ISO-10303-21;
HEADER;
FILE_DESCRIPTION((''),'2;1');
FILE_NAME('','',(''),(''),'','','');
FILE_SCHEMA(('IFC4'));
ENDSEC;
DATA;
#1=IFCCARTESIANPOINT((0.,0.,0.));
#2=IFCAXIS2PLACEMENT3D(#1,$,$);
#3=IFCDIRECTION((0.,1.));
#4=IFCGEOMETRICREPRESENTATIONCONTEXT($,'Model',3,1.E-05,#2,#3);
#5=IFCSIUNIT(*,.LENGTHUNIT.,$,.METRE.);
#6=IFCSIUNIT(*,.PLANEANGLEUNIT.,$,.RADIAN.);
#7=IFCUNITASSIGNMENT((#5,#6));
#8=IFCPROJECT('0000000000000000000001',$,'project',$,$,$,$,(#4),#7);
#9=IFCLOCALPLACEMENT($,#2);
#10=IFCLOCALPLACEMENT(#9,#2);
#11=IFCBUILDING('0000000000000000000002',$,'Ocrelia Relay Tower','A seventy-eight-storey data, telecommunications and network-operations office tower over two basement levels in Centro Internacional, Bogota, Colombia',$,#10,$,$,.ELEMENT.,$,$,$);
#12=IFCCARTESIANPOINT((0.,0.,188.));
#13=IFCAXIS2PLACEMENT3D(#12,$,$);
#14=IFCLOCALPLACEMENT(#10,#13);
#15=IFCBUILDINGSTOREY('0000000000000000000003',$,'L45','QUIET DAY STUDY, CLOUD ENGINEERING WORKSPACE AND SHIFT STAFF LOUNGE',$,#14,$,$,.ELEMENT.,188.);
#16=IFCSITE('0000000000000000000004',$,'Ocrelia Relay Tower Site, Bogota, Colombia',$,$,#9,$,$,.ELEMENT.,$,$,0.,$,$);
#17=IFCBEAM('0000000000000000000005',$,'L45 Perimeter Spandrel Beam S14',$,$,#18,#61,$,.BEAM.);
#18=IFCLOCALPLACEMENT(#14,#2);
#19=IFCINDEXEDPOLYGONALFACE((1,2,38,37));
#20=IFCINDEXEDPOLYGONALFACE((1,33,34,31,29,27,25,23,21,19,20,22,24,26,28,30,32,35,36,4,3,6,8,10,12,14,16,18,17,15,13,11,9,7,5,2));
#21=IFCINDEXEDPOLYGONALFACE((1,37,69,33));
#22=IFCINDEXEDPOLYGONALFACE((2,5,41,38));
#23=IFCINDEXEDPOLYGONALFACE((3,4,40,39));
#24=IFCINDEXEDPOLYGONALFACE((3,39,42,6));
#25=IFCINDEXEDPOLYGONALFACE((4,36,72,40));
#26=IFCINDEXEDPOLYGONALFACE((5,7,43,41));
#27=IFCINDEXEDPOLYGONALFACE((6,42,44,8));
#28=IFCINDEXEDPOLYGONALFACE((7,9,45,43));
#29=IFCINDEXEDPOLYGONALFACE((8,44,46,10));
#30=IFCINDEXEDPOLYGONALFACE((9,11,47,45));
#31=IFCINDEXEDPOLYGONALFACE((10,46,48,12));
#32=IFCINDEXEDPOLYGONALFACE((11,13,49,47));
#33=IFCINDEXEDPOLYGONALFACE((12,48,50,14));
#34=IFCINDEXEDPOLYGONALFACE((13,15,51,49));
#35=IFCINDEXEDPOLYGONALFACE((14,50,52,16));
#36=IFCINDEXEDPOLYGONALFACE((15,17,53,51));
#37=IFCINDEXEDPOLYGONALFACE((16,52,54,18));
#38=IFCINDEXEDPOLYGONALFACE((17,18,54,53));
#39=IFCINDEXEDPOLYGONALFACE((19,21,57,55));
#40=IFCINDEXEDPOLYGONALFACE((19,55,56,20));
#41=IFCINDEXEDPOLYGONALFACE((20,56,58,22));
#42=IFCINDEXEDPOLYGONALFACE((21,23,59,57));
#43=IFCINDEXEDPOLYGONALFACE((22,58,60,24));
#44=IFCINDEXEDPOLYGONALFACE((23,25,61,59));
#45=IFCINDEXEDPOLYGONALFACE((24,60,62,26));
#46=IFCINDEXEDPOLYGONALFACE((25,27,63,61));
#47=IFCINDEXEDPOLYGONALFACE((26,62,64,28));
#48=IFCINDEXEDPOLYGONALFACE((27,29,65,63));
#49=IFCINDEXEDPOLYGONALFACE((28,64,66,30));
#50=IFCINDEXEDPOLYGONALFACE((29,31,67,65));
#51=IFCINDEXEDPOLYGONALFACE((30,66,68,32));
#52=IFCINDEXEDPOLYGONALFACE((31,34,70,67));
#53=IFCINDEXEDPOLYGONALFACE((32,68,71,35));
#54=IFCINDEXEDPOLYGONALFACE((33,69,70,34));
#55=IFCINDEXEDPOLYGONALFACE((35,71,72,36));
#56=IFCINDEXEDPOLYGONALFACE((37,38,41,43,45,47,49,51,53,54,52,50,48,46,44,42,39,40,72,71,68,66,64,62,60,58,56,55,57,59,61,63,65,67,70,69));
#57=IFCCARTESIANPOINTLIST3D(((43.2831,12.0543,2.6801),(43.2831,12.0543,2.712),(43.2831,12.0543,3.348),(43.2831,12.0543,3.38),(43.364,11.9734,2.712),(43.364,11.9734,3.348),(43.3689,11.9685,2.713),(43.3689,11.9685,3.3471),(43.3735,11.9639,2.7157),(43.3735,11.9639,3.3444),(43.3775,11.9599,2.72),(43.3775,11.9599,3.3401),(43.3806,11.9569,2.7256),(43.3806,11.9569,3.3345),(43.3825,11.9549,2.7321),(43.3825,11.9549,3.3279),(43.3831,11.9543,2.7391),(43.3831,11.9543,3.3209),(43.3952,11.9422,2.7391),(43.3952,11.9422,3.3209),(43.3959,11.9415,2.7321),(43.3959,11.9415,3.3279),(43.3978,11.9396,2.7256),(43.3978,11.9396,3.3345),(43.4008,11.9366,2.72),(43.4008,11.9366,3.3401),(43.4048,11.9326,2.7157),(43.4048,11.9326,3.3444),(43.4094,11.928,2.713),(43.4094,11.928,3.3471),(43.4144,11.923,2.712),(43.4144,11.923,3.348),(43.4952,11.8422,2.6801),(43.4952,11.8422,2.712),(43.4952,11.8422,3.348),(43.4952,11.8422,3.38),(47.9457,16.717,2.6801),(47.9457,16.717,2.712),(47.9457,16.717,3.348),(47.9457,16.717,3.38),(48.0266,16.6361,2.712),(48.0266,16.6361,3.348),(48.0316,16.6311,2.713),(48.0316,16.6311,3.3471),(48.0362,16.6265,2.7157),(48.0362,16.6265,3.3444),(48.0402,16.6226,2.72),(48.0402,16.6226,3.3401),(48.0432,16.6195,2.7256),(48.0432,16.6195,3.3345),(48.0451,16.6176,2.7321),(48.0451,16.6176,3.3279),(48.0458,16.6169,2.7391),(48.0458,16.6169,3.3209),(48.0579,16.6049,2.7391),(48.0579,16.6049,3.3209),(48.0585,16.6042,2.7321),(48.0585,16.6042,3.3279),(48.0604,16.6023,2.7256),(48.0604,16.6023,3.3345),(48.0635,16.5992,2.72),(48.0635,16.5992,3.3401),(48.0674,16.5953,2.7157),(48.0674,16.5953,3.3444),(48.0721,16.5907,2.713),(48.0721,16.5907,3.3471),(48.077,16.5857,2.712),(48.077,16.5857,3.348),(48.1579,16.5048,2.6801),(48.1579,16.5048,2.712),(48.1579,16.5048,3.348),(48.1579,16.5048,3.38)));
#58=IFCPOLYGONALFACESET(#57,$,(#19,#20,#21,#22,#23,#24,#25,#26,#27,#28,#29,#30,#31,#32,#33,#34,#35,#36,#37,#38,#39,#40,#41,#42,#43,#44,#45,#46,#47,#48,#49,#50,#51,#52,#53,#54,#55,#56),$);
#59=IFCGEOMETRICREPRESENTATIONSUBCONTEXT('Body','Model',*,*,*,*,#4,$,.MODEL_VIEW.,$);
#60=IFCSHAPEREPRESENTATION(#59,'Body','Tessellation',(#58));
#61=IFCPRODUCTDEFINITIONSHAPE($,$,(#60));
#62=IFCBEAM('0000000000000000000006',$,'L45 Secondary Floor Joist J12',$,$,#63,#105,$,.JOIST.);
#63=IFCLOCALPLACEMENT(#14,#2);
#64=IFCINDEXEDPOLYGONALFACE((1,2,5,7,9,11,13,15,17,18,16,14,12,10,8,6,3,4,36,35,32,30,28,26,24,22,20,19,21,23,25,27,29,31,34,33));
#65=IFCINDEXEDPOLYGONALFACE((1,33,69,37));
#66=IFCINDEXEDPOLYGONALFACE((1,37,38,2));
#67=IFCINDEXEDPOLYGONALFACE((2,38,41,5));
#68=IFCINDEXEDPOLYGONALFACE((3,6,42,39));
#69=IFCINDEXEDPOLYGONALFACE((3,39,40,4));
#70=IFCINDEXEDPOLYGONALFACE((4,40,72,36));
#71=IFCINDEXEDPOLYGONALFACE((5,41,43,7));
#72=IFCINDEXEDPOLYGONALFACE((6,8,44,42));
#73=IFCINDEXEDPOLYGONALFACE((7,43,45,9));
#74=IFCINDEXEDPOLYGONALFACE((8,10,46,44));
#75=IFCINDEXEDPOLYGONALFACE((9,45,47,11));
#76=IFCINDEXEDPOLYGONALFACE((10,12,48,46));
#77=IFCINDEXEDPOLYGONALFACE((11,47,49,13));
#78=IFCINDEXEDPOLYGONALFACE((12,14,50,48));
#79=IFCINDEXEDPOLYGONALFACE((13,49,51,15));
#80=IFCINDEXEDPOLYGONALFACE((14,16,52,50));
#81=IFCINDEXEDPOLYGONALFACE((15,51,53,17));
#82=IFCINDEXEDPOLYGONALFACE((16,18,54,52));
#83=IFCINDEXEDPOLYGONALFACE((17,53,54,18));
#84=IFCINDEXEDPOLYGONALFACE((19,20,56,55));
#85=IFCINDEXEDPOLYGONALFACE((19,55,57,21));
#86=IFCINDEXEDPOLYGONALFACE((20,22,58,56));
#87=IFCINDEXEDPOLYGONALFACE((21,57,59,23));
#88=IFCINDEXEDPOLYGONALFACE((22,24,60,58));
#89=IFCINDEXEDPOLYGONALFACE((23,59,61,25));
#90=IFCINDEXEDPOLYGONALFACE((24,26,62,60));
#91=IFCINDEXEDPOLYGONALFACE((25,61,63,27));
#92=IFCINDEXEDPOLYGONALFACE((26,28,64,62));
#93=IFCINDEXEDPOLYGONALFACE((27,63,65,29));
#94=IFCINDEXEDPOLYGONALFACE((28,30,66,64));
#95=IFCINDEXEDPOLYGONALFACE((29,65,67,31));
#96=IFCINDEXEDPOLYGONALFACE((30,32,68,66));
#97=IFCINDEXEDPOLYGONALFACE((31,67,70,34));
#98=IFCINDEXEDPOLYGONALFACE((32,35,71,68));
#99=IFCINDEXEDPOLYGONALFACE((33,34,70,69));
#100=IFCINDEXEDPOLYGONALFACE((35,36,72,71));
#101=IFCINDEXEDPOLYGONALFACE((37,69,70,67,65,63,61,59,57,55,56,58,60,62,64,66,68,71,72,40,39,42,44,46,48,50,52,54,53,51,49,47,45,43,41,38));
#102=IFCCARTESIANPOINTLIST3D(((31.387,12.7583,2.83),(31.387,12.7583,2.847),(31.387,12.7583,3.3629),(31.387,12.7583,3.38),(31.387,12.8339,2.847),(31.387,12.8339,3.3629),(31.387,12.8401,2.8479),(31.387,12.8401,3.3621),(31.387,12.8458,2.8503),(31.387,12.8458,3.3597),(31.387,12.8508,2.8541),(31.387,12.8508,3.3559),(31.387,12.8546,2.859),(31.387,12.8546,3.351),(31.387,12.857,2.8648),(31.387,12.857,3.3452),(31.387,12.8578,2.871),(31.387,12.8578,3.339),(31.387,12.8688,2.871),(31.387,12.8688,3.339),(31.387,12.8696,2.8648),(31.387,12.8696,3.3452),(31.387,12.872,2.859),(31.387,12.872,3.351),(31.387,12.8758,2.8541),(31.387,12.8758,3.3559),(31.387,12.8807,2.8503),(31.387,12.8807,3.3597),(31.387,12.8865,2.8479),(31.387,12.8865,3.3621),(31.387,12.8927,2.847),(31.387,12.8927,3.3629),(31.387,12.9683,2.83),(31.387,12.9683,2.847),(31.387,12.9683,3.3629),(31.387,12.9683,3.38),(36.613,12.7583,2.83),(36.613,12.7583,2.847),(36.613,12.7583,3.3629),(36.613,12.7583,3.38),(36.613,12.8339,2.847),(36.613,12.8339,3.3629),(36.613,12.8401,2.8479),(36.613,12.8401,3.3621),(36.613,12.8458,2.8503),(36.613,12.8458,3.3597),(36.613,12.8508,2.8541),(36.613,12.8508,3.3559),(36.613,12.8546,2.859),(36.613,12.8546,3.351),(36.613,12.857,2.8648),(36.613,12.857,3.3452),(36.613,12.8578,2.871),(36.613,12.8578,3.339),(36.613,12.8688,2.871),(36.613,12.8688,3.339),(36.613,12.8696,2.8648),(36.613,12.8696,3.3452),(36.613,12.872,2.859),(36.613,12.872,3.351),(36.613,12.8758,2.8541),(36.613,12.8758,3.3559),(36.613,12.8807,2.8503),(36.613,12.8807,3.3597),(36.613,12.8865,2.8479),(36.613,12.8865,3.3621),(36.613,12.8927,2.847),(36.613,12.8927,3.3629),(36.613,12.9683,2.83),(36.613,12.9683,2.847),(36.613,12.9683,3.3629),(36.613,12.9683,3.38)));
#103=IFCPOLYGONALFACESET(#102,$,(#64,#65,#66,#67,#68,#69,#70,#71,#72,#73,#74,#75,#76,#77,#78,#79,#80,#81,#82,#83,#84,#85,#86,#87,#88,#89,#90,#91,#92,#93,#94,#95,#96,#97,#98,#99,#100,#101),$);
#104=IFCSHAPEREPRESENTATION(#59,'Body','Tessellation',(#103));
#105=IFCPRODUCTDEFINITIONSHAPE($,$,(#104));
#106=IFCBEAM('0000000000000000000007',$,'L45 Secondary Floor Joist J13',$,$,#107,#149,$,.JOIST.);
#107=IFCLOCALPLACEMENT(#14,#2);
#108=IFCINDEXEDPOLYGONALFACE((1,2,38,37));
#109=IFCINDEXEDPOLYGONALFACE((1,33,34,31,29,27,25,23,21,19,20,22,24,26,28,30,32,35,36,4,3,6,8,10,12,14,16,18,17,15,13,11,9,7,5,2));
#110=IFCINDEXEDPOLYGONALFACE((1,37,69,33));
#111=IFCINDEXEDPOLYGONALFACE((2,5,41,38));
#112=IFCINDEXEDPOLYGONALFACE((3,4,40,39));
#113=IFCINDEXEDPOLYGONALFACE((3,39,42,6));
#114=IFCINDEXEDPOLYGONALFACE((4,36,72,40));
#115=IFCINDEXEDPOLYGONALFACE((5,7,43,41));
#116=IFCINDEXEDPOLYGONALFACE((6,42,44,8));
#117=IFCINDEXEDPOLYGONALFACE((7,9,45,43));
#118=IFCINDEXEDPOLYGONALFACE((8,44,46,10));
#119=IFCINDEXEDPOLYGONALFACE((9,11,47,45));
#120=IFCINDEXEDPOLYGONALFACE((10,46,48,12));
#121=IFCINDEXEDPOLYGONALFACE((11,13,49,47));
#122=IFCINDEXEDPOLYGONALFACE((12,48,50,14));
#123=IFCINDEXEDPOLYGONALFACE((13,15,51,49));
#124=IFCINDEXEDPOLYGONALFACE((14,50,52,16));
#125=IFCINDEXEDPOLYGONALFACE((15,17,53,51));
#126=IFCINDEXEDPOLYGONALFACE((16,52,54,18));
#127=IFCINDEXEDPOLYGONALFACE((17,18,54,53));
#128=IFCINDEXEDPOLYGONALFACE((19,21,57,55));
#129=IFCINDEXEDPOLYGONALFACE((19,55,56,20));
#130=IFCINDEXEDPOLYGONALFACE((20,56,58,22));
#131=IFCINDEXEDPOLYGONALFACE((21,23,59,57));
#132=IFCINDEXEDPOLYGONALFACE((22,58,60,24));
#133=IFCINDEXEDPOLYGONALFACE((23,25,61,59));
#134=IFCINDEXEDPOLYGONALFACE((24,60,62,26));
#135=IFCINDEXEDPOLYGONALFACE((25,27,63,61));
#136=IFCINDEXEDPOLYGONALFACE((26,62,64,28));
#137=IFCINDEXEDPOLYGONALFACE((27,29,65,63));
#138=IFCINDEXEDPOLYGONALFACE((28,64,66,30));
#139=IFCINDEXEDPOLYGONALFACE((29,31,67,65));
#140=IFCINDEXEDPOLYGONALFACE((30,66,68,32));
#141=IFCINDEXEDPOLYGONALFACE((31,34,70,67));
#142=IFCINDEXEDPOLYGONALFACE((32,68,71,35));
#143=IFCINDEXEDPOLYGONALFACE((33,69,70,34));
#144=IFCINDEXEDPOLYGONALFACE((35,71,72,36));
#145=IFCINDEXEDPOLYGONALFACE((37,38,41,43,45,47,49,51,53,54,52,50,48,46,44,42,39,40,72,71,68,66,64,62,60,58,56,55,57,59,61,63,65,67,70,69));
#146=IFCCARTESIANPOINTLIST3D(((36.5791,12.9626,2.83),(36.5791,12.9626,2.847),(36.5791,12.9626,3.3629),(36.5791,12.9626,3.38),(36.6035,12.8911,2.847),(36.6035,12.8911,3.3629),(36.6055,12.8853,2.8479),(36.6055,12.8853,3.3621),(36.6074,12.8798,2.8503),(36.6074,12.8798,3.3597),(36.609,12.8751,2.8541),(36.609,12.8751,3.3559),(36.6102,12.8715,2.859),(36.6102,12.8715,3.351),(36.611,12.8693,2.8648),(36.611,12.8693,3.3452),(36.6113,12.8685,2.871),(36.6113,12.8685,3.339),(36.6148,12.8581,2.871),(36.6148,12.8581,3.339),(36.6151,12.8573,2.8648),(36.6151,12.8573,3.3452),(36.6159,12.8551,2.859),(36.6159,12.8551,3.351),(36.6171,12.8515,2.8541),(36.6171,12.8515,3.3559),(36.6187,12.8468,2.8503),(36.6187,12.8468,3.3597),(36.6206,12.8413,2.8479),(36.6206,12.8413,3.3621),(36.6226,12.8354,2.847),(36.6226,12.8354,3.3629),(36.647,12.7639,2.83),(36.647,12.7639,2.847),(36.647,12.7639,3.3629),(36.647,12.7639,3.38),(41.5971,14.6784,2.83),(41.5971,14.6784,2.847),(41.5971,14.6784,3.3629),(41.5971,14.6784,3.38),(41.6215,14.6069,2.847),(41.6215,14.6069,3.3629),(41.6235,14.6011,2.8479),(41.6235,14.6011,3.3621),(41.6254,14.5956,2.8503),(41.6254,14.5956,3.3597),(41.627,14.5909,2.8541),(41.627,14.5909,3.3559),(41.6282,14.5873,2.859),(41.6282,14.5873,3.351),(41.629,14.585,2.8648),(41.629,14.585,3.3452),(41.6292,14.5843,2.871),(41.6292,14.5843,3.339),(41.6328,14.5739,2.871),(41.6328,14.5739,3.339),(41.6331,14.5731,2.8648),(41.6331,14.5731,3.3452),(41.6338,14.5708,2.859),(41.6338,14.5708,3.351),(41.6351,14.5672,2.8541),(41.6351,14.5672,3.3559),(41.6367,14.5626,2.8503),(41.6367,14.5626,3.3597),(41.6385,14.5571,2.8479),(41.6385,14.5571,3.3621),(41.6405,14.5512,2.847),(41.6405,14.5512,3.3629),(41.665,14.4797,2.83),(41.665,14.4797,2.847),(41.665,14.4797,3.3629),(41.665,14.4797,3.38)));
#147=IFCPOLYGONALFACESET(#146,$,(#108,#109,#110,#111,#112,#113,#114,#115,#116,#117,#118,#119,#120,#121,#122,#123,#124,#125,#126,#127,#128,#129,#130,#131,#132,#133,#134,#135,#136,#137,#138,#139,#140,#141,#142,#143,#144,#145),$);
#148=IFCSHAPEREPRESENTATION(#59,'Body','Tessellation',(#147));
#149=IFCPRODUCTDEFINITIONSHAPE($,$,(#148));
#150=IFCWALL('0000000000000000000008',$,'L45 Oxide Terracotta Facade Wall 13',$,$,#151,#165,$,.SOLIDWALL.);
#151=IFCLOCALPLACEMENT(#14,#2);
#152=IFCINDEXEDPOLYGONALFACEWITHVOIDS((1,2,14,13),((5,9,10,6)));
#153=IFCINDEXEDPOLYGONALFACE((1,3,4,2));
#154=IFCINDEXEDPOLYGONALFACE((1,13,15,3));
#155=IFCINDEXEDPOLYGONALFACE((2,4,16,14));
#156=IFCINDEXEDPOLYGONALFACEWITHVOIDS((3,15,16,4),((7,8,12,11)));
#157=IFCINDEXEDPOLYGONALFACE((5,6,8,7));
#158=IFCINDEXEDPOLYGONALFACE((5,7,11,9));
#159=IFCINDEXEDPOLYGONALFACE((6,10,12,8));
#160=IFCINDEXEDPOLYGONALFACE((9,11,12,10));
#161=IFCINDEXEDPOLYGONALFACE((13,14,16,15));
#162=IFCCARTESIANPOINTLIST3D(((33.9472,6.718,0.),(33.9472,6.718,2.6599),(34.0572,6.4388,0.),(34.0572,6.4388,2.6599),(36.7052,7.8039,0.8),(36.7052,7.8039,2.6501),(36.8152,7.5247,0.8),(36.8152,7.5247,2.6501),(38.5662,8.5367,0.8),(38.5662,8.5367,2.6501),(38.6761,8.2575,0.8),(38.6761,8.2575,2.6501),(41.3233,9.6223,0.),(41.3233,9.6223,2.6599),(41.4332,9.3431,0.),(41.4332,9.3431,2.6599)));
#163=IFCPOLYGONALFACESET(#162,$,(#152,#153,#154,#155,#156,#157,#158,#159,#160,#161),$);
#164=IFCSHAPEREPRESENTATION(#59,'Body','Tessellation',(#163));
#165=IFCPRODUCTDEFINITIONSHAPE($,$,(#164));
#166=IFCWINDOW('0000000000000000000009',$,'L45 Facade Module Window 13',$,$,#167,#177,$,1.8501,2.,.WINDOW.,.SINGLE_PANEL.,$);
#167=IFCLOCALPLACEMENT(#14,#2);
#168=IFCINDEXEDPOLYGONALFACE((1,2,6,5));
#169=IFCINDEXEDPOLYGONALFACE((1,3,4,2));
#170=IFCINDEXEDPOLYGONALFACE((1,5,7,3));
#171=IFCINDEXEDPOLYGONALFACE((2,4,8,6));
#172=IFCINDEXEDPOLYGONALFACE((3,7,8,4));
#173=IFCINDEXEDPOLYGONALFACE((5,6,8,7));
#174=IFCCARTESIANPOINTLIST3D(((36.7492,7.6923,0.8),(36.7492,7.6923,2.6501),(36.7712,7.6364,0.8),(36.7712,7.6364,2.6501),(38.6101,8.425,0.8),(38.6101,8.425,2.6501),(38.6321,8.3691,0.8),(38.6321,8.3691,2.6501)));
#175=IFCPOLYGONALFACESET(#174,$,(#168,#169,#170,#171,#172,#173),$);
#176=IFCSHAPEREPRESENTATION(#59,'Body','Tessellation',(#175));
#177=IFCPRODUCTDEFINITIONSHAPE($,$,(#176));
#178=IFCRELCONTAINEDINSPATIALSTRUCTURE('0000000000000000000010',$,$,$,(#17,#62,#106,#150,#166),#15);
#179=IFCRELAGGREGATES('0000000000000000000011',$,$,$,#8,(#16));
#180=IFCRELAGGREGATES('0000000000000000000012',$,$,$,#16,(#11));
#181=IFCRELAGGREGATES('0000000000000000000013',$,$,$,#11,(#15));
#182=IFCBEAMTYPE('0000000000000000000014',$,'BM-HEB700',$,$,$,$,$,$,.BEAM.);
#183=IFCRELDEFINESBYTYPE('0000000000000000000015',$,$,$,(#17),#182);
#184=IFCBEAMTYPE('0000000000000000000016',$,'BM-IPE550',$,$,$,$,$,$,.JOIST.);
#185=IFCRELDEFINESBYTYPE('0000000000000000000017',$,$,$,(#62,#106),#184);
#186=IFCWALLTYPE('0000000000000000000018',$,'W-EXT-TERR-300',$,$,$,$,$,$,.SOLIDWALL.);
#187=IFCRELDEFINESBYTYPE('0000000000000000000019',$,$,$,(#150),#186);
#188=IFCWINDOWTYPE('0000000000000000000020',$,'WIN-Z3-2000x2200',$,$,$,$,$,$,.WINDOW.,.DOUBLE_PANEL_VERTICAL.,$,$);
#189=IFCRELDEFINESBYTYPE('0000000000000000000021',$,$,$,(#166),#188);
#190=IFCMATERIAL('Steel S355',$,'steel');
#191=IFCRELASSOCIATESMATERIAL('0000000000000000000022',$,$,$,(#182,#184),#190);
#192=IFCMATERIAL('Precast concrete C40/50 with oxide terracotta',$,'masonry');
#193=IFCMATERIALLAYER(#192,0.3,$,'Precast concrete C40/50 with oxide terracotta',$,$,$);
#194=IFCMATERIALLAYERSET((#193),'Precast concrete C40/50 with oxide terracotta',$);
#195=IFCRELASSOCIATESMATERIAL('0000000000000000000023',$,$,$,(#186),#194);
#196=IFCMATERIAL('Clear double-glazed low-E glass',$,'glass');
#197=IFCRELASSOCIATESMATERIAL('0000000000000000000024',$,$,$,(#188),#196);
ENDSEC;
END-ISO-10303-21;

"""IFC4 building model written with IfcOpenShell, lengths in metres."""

from ifc_helpers import new_model, si_unit, direction, frame, frame_2d, origin, origin_2d, place, context, subcontext, project, spatial, rectangle, i_section, extrude, material, layer, layer_set, material_profile, profile_set, type_object, element, fill, save


model = new_model("IFC4")

# Units and contexts
model_context = context("Model", 3, precision=1e-05, world=origin(), true_north=direction((0.0, 1.0)))
body_context = subcontext(model_context, "Body", "Model", "MODEL_VIEW")
ifc_project = project(units=[si_unit("LENGTHUNIT", "METRE"), si_unit("PLANEANGLEUNIT", "RADIAN")], contexts=[model_context])

# Site, building, storey
site_placement = place(None, origin())
site = spatial("IfcSite", under=ifc_project, at=site_placement, Name="Ocrelia Relay Tower Site, Bogota, Colombia", CompositionType="ELEMENT", RefElevation=0.0)
building_placement = place(site_placement, origin())
building = spatial("IfcBuilding", under=site, at=building_placement, Name="Ocrelia Relay Tower", Description="A seventy-eight-storey data, telecommunications and network-operations office tower over two basement levels in Centro Internacional, Bogota, Colombia", CompositionType="ELEMENT")
storey_placement = place(building_placement, frame((0.0, 0.0, 188.0)))
storey = spatial("IfcBuildingStorey", under=building, at=storey_placement, Name="L45", Description="QUIET DAY STUDY, CLOUD ENGINEERING WORKSPACE AND SHIFT STAFF LOUNGE", CompositionType="ELEMENT", Elevation=188.0)

# Beams
ifc_material_1 = material(Name="Steel S355", Category="steel")
ifc_material_profile_1 = material_profile(ifc_material_1, i_section(OverallWidth=0.3, OverallDepth=0.7, WebThickness=0.0171, FlangeThickness=0.032, FilletRadius=0.0271, at=origin_2d()), Name="HEB 700")
ifc_profile_set_1 = profile_set([ifc_material_profile_1], Name="Steel S355")
beam_type_1 = type_object("IfcBeamType", Name="BM-HEB700", PredefinedType="BEAM", material=ifc_profile_set_1)
for number, where, z_axis, x_axis, name in (
    (1, (43.3892, 11.9482, 3.03), (0.707107, 0.707107, 0.0), (-0.707107, 0.707107, 0.0), "L45 Perimeter Spandrel Beam S14"),
):
    element("IfcBeam", number, at=place(storey_placement, frame(where, z_axis=z_axis, x_axis=x_axis)), inside=storey, type_object=beam_type_1, Name=name, PredefinedType="BEAM", context=body_context, shape_type="SweptSolid", body=[
        extrude(i_section(OverallWidth=0.3, OverallDepth=0.7, WebThickness=0.0171, FlangeThickness=0.032, FilletRadius=0.0271, at=origin_2d()), origin(), (0.0, 0.0, 1.0), 6.594),
    ])
ifc_material_profile_2 = material_profile(ifc_material_1, i_section(OverallWidth=0.21, OverallDepth=0.55, WebThickness=0.011, FlangeThickness=0.0171, FilletRadius=0.0239, at=origin_2d()), Name="IPE 550")
ifc_profile_set_2 = profile_set([ifc_material_profile_2], Name="Steel S355")
beam_type_2 = type_object("IfcBeamType", Name="BM-IPE550", PredefinedType="JOIST", material=ifc_profile_set_2)
beam_1_placement = place(storey_placement, frame((31.387, 12.8633, 3.105), z_axis=(1.0, 0.0, 0.0), x_axis=(0.0, 1.0, 0.0)))
element("IfcBeam", 2, at=beam_1_placement, inside=storey, type_object=beam_type_2, Name="L45 Secondary Floor Joist J12", PredefinedType="JOIST", context=body_context, shape_type="SweptSolid", body=[
    extrude(i_section(OverallWidth=0.21, OverallDepth=0.55, WebThickness=0.011, FlangeThickness=0.0171, FilletRadius=0.0239, at=origin_2d()), origin(), (0.0, 0.0, 1.0), 5.2261),
])
beam_2_placement = place(storey_placement, frame((36.613, 12.8633, 3.105), z_axis=(0.946215, 0.323538, 0.0), x_axis=(-0.323538, 0.946215, 0.0)))
element("IfcBeam", 3, at=beam_2_placement, inside=storey, type_object=beam_type_2, Name="L45 Secondary Floor Joist J13", PredefinedType="JOIST", context=body_context, shape_type="SweptSolid", body=[
    extrude(i_section(OverallWidth=0.21, OverallDepth=0.55, WebThickness=0.011, FlangeThickness=0.0171, FilletRadius=0.0239, at=origin_2d()), origin(), (0.0, 0.0, 1.0), 5.3032),
])

# Wall, opening, window
ifc_material_2 = material(Name="Precast concrete C40/50 with oxide terracotta", Category="masonry")
ifc_layer_1 = layer(ifc_material_2, 0.3, Name="Precast concrete C40/50 with oxide terracotta")
ifc_layer_set_1 = layer_set([ifc_layer_1], Name="Precast concrete C40/50 with oxide terracotta")
wall_type = type_object("IfcWallType", Name="W-EXT-TERR-300", PredefinedType="SOLIDWALL", material=ifc_layer_set_1)
wall_1_placement = place(storey_placement, frame((34.0022, 6.5784, 0.0), z_axis=(0.0, 0.0, 1.0), x_axis=(0.930468, 0.366373, 0.0)))
wall_1 = element("IfcWall", 4, at=wall_1_placement, inside=storey, type_object=wall_type, Name="L45 Oxide Terracotta Facade Wall 13", PredefinedType="SOLIDWALL", context=body_context, shape_type="SweptSolid", body=[
    extrude(rectangle(XDim=7.9272, YDim=0.3, at=frame_2d((3.9636, 0.0))), origin(), (0.0, 0.0, 1.0), 2.6599),
])
opening_1_placement = place(wall_1_placement, frame((2.9641, 0.0, 0.8)))
opening_1 = element("IfcOpeningElement", 5, at=opening_1_placement, cuts=wall_1, PredefinedType="OPENING", context=body_context, shape_type="SweptSolid", body=[
    extrude(rectangle(XDim=2.0, YDim=1.8501, at=frame_2d((1.0, 0.925))), frame((0.0, 0.1602, 0.0), z_axis=(0.0, -1.0, 0.0), x_axis=(1.0, 0.0, 0.0)), (0.0, 0.0, 1.0), 0.3201),
])
ifc_material_3 = material(Name="Clear double-glazed low-E glass", Category="glass")
window_type = type_object("IfcWindowType", Name="WIN-Z3-2000x2200", PartitioningType="DOUBLE_PANEL_VERTICAL", PredefinedType="WINDOW", material=ifc_material_3)
window_placement = place(opening_1_placement, origin())
window = element("IfcWindow", 6, at=window_placement, inside=storey, type_object=window_type, Name="L45 Facade Module Window 13", OverallHeight=1.8501, OverallWidth=2.0, PartitioningType="SINGLE_PANEL", PredefinedType="WINDOW", context=body_context, shape_type="SweptSolid", body=[
    extrude(rectangle(XDim=2.0, YDim=1.8501, at=frame_2d((1.0, 0.925))), frame((0.0, 0.03, 0.0), z_axis=(0.0, -1.0, 0.0), x_axis=(1.0, 0.0, 0.0)), (0.0, 0.0, 1.0), 0.0601),
])
fill(opening_1, window)

save(model, "model.ifc")
